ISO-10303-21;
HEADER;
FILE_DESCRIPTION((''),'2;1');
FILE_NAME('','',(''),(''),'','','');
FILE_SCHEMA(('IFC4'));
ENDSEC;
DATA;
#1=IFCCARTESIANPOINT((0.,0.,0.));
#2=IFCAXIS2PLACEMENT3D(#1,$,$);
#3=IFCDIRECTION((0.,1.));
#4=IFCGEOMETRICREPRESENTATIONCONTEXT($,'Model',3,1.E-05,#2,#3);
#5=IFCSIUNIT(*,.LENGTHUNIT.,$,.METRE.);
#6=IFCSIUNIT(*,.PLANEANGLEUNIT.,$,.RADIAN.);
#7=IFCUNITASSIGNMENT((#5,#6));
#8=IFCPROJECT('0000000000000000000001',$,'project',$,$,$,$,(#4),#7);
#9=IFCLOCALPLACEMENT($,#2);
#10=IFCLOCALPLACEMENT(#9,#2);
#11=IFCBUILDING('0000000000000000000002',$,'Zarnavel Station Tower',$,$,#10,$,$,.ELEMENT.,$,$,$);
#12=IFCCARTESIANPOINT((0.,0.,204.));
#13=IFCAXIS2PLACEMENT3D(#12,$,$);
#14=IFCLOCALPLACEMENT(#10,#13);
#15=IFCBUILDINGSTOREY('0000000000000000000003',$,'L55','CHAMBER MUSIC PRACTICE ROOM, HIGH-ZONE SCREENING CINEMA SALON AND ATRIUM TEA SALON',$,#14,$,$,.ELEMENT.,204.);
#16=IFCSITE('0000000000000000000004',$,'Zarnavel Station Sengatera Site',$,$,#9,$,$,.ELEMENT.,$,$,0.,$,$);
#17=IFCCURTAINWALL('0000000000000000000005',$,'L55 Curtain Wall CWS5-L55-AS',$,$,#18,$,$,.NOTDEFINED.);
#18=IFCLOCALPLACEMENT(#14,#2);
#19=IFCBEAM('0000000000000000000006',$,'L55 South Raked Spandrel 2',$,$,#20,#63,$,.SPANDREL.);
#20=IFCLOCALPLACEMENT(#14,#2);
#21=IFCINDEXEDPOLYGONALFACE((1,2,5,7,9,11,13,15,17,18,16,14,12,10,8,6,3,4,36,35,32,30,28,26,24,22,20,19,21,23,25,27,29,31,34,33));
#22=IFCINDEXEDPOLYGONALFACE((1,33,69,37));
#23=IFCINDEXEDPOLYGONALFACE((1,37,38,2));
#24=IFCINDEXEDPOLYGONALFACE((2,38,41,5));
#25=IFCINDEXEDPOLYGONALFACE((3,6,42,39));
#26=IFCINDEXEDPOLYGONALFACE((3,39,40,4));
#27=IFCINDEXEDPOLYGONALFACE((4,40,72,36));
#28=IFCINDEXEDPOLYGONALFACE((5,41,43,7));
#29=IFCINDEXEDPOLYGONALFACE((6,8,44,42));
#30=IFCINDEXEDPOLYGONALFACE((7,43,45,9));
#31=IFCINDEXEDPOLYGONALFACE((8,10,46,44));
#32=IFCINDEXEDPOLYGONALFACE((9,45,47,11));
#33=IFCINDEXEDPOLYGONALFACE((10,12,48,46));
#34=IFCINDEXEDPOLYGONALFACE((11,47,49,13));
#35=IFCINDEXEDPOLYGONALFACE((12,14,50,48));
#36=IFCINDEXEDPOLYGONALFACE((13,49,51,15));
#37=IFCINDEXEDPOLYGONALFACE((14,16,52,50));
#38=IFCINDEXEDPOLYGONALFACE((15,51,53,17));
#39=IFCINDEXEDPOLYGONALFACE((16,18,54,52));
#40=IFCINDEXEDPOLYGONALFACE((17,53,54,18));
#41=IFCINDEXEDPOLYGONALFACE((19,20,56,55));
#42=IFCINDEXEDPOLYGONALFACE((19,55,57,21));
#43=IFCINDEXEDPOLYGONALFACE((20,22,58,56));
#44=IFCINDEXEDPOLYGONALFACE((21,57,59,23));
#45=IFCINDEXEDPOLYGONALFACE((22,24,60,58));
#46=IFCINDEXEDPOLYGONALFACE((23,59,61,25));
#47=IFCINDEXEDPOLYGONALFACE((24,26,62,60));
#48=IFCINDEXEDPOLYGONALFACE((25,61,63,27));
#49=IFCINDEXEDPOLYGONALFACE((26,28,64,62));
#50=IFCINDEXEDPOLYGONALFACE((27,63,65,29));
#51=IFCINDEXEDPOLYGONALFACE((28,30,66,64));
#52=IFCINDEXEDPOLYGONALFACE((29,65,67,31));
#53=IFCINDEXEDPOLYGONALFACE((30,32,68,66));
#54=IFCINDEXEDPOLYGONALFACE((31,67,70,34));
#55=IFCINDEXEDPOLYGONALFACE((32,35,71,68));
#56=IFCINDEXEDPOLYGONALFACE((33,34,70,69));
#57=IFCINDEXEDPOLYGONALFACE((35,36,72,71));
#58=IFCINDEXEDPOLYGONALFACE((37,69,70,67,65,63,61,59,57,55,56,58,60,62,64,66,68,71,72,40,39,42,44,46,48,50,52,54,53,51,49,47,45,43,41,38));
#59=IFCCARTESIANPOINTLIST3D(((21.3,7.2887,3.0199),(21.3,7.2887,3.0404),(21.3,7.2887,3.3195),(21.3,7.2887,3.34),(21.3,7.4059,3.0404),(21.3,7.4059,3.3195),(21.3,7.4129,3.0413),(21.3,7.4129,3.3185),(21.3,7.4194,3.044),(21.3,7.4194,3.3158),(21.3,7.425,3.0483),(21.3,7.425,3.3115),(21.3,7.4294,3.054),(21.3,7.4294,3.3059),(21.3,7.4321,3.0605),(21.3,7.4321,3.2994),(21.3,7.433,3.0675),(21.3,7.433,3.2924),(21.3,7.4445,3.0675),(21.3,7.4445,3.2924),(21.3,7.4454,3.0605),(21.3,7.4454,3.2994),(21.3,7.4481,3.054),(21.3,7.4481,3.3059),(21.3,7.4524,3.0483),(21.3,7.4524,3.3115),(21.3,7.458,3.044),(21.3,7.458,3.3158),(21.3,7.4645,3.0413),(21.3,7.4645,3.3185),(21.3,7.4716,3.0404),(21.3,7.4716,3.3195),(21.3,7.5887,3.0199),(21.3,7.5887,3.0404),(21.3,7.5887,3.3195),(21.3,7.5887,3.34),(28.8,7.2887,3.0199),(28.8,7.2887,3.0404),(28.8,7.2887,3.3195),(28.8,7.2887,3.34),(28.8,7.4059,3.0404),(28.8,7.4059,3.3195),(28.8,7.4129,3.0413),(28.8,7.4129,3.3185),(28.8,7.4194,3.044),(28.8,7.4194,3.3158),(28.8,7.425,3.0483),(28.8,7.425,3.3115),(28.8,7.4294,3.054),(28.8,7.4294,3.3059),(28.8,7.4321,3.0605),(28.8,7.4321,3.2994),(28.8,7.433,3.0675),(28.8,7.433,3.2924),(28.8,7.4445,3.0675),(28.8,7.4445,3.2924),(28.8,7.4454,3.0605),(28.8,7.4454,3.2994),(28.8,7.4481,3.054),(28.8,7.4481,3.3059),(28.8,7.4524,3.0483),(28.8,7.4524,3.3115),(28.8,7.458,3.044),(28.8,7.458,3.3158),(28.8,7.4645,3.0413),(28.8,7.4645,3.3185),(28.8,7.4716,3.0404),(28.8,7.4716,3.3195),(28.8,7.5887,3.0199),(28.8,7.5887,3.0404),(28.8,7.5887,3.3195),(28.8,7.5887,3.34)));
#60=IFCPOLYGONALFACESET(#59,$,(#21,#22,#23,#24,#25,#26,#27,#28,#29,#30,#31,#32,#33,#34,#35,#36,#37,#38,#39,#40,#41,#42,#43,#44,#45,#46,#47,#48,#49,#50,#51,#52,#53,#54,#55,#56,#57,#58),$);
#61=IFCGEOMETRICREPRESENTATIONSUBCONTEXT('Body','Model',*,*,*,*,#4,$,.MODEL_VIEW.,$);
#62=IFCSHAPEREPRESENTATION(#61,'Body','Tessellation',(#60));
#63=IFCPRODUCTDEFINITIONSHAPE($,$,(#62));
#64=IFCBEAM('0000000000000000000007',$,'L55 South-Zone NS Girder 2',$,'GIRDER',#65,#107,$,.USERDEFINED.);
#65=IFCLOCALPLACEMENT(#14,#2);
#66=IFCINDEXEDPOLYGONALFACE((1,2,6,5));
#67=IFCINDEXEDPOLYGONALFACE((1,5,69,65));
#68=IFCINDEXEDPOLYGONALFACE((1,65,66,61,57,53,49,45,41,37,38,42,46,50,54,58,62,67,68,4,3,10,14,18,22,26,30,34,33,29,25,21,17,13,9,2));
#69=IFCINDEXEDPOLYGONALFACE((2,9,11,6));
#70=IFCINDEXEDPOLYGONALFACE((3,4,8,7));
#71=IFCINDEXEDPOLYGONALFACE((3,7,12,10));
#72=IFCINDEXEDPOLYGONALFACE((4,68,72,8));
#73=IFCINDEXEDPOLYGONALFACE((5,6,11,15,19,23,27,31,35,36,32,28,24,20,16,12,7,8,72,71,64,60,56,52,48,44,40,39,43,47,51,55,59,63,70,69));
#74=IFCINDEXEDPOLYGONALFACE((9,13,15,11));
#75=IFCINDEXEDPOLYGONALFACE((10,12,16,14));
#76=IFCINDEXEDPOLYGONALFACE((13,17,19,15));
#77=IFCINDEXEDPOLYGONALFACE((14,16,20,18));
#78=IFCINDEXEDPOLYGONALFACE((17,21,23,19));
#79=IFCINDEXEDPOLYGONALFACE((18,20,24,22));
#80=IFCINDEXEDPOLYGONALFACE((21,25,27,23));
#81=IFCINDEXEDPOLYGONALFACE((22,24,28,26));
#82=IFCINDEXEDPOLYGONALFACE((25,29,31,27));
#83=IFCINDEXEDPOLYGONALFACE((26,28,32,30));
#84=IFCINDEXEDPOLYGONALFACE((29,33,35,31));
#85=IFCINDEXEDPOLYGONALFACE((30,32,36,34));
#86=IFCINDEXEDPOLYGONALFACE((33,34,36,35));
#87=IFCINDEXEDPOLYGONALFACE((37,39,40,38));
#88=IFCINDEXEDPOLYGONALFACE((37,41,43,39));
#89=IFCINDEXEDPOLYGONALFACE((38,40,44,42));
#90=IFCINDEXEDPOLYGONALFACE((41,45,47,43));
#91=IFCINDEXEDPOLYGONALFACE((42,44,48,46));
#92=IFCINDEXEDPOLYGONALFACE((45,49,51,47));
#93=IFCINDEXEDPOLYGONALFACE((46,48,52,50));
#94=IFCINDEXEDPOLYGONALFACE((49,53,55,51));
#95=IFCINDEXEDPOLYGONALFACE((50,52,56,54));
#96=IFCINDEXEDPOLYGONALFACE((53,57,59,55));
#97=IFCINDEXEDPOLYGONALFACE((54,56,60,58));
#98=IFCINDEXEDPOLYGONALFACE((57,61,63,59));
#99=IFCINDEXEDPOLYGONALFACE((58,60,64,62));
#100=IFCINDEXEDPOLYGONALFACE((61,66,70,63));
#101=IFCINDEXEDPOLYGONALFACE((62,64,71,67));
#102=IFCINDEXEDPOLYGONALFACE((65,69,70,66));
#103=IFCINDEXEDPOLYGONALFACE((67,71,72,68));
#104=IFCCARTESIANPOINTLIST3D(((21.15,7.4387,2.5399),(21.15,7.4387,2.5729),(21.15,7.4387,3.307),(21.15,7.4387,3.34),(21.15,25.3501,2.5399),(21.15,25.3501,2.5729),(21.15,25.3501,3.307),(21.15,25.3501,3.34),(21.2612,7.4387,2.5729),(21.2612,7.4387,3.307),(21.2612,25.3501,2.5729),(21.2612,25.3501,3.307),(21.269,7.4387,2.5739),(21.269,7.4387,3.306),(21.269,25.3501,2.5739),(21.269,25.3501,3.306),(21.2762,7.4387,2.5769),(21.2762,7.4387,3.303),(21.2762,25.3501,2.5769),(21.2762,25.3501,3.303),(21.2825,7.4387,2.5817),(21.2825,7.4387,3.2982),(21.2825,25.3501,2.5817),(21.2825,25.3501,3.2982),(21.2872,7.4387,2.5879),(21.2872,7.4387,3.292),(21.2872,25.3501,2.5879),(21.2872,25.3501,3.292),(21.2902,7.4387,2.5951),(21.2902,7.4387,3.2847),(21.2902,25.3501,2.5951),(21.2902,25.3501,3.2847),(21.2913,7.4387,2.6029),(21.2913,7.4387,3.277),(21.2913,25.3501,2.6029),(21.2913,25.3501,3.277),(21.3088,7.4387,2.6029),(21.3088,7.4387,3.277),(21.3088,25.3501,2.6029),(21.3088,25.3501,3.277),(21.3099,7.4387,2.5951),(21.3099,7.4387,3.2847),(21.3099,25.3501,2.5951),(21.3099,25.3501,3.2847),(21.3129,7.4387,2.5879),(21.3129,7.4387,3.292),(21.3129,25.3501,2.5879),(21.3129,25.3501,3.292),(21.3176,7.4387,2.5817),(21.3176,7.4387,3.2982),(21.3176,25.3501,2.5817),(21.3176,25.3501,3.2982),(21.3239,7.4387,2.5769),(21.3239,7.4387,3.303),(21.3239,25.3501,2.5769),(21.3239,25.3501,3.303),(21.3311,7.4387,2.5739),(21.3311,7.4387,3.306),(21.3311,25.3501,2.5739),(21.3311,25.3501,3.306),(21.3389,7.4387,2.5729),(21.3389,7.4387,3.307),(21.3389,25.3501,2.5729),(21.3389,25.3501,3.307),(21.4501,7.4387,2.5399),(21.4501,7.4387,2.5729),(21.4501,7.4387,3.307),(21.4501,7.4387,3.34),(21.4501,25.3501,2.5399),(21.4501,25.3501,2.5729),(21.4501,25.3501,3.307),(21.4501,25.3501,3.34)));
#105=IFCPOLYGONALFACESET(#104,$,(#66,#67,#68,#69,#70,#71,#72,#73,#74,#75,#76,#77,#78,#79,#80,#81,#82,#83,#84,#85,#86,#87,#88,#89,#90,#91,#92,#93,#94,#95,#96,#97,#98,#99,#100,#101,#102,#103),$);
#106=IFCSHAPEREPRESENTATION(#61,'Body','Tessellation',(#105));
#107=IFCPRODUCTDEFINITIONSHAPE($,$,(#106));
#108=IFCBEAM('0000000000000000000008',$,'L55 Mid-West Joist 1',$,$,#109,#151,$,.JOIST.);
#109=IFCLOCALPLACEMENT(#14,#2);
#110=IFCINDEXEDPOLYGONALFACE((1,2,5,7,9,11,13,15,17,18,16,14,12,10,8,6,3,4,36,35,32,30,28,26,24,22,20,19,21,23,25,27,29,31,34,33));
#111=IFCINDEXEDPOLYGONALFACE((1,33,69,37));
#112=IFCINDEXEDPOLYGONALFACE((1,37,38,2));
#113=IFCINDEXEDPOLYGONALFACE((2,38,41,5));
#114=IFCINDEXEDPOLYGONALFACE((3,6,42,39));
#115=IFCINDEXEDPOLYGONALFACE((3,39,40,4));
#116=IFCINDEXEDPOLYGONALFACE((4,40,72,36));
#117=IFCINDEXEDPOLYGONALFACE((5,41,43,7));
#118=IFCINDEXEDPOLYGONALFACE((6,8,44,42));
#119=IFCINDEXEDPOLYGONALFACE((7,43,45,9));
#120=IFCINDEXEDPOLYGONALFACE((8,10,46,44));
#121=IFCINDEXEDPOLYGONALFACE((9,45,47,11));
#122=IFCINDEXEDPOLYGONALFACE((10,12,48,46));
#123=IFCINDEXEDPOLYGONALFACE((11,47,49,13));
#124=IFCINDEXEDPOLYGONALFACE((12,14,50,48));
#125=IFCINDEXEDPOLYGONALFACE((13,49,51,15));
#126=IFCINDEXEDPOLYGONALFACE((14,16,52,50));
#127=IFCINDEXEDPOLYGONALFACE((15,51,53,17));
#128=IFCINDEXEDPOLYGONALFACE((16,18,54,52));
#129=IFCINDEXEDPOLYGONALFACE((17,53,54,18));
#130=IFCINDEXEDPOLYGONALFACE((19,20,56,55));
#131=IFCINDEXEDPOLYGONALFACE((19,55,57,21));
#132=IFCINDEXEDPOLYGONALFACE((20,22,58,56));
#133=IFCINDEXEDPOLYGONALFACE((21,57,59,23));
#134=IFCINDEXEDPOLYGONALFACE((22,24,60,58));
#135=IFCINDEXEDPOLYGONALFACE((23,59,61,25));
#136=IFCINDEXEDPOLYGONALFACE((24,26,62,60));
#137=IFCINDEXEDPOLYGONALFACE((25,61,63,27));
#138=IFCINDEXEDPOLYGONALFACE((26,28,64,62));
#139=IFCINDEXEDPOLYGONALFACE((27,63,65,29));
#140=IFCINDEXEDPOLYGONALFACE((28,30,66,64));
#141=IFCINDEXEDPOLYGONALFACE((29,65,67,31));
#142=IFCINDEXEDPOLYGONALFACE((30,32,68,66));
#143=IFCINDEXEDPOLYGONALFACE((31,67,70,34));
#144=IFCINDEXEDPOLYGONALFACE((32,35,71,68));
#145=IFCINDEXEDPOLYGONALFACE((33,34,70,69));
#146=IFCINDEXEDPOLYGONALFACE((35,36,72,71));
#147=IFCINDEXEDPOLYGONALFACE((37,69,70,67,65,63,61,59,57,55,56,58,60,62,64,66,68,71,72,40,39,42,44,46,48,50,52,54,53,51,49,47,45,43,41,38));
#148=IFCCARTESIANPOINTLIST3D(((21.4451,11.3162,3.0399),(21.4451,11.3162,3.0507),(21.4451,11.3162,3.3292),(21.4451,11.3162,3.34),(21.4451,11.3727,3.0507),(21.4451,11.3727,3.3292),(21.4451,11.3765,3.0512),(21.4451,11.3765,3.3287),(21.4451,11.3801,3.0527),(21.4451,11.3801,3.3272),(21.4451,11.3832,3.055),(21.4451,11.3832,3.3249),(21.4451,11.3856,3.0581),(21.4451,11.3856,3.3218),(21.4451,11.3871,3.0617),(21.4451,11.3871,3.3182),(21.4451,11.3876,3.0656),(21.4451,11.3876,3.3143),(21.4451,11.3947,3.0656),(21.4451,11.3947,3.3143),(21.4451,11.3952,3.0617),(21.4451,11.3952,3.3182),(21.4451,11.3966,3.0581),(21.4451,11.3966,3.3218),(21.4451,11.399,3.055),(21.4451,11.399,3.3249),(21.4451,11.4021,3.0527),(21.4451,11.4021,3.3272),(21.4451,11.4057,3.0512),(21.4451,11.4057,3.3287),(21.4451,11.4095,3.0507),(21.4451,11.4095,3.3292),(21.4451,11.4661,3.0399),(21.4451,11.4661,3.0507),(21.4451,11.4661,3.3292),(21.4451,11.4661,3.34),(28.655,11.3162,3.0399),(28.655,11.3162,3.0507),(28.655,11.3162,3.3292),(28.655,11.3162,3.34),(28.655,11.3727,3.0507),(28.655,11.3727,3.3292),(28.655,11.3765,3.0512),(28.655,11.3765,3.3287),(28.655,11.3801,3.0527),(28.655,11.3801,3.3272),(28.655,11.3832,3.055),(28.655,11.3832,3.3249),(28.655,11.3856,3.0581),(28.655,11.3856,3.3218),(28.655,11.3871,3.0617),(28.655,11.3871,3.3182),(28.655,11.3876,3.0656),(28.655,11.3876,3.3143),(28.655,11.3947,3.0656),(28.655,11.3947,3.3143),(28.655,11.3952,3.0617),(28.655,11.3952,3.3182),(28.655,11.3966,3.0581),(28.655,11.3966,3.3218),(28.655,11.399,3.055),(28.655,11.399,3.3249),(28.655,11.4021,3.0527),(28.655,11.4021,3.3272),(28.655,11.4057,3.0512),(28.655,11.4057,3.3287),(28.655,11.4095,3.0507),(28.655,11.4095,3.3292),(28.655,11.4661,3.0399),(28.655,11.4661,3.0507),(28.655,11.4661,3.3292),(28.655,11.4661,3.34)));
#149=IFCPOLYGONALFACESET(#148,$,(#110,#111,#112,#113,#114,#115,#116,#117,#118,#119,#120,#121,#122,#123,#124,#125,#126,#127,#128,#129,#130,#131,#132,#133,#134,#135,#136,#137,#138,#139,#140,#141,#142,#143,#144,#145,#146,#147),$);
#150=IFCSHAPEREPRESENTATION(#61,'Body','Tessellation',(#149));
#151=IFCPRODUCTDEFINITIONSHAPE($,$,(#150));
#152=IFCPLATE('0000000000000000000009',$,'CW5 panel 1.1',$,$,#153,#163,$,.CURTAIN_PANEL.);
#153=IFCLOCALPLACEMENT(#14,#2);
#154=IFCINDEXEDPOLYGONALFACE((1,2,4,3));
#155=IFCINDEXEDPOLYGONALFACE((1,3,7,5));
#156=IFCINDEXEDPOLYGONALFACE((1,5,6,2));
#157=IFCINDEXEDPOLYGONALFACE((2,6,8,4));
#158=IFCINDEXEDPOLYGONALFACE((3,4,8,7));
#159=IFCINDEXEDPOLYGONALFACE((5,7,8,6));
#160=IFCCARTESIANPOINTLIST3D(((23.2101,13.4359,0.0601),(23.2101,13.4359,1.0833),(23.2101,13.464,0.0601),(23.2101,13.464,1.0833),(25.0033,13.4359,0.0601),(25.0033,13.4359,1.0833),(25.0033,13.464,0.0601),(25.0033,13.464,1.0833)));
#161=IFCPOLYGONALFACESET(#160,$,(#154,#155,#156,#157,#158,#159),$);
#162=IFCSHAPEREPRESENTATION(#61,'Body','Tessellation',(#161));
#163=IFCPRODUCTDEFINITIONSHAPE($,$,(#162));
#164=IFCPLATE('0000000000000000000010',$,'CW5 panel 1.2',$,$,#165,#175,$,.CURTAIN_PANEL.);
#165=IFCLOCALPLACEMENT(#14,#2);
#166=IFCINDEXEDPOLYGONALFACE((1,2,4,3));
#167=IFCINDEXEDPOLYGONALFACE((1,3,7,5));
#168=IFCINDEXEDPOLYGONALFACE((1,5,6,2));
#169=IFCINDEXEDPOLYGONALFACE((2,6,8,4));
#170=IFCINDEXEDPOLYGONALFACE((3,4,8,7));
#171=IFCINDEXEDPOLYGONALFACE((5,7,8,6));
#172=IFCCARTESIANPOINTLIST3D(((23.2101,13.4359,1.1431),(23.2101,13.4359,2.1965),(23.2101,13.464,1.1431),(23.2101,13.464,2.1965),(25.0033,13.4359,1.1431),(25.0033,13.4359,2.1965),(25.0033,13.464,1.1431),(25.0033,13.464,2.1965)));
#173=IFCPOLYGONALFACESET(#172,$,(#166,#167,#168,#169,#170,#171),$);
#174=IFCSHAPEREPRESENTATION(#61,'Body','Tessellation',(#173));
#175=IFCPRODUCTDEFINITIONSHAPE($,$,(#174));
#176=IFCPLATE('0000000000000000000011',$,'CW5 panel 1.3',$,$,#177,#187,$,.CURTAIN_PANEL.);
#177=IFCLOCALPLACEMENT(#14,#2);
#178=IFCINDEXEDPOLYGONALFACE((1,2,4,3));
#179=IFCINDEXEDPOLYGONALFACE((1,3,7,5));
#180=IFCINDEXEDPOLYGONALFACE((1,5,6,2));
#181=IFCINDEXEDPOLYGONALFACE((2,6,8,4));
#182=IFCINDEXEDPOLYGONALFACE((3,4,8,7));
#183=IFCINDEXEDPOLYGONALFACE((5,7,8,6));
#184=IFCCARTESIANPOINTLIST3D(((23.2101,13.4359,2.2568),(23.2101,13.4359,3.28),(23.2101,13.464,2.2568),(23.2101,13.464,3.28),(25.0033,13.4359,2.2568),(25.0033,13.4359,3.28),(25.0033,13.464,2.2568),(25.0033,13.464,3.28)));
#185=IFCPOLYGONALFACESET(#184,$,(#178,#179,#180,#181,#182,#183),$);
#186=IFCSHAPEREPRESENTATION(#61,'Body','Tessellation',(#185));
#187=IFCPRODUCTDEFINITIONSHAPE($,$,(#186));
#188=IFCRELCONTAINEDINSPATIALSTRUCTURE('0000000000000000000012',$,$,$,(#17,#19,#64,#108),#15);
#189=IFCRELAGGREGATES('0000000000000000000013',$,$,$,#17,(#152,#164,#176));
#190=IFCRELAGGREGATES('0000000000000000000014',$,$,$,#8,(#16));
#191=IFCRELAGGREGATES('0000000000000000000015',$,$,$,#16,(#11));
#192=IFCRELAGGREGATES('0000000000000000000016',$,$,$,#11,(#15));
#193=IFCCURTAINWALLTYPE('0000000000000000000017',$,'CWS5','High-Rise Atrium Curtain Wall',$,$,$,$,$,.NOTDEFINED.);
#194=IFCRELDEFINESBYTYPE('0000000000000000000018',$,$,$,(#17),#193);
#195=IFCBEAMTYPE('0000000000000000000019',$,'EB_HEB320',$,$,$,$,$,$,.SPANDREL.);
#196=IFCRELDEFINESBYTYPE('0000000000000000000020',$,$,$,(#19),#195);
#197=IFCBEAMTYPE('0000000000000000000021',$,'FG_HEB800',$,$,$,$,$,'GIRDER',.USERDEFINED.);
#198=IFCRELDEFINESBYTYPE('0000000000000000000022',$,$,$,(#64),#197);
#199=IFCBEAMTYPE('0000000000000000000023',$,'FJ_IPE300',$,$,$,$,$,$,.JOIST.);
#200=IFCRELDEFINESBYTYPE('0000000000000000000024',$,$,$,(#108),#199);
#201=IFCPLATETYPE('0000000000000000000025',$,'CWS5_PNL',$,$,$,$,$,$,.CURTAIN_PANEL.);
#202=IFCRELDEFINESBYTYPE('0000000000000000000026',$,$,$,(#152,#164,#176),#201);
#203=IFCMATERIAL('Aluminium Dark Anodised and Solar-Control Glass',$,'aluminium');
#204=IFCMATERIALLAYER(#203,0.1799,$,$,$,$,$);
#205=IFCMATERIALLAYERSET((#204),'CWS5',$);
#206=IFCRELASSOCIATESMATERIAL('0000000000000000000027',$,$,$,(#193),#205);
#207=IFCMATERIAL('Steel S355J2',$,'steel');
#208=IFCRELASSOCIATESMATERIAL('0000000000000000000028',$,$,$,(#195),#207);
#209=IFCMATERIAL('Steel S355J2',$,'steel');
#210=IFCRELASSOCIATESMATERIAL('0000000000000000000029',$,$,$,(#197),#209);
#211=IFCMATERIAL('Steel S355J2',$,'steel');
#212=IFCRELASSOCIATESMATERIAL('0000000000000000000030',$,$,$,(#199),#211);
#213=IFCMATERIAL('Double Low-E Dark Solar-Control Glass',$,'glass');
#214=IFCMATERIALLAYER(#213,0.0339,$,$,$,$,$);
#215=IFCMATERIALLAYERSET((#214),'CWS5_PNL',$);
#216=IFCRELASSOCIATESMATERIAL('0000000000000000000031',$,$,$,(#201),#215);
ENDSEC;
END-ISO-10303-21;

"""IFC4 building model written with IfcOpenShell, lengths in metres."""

from ifc_helpers import new_model, si_unit, direction, frame, origin, origin_2d, place, context, subcontext, project, spatial, rectangle, i_section, extrude, material, layer, layer_set, material_profile, profile_set, type_object, element, aggregate, save


model = new_model("IFC4")

# Units and contexts
model_context = context("Model", 3, precision=1e-05, world=origin(), true_north=direction((0.0, 1.0)))
body_context = subcontext(model_context, "Body", "Model", "MODEL_VIEW")
ifc_project = project(units=[si_unit("LENGTHUNIT", "METRE"), si_unit("PLANEANGLEUNIT", "RADIAN")], contexts=[model_context])

# Site, building, storey
site_placement = place(None, origin())
site = spatial("IfcSite", under=ifc_project, at=site_placement, Name="Zarnavel Station Sengatera Site", CompositionType="ELEMENT", RefElevation=0.0)
building_placement = place(site_placement, origin())
building = spatial("IfcBuilding", under=site, at=building_placement, Name="Zarnavel Station Tower", CompositionType="ELEMENT")
storey_placement = place(building_placement, frame((0.0, 0.0, 204.0)))
storey = spatial("IfcBuildingStorey", under=building, at=storey_placement, Name="L55", Description="CHAMBER MUSIC PRACTICE ROOM, HIGH-ZONE SCREENING CINEMA SALON AND ATRIUM TEA SALON", CompositionType="ELEMENT", Elevation=204.0)

# Curtain wall
ifc_material_1 = material(Name="Aluminium Dark Anodised and Solar-Control Glass", Category="aluminium")
ifc_layer_1 = layer(ifc_material_1, 0.1799)
ifc_layer_set_1 = layer_set([ifc_layer_1], Name="CWS5")
curtain_wall_type = type_object("IfcCurtainWallType", Name="CWS5", Description="High-Rise Atrium Curtain Wall", PredefinedType="NOTDEFINED", material=ifc_layer_set_1)
curtain_wall_placement = place(storey_placement, origin())
curtain_wall = element("IfcCurtainWall", 1, at=curtain_wall_placement, inside=storey, type_object=curtain_wall_type, Name="L55 Curtain Wall CWS5-L55-AS", PredefinedType="NOTDEFINED")

# Beams
ifc_material_2 = material(Name="Steel S355J2", Category="steel")
ifc_material_profile_1 = material_profile(ifc_material_2, i_section(OverallWidth=0.3, OverallDepth=0.3201, WebThickness=0.0115, FlangeThickness=0.0205, FilletRadius=0.0271, at=origin_2d()), Name="HEB320")
ifc_profile_set_1 = profile_set([ifc_material_profile_1], Name="Steel S355J2")
beam_type_1 = type_object("IfcBeamType", Name="EB_HEB320", PredefinedType="SPANDREL", material=ifc_profile_set_1)
beam_1_placement = place(storey_placement, frame((21.3, 7.4387, 3.1799), z_axis=(1.0, 0.0, 0.0), x_axis=(0.0, 1.0, 0.0)))
element("IfcBeam", 2, at=beam_1_placement, inside=storey, type_object=beam_type_1, Name="L55 South Raked Spandrel 2", PredefinedType="SPANDREL", context=body_context, shape_type="SweptSolid", body=[
    extrude(i_section(OverallWidth=0.3, OverallDepth=0.3201, WebThickness=0.0115, FlangeThickness=0.0205, FilletRadius=0.0271, at=origin_2d()), origin(), (0.0, 0.0, 1.0), 7.5),
])
ifc_material_3 = material(Name="Steel S355J2", Category="steel")
ifc_material_profile_2 = material_profile(ifc_material_3, i_section(OverallWidth=0.3, OverallDepth=0.8, WebThickness=0.0176, FlangeThickness=0.033, FilletRadius=0.03, at=origin_2d()), Name="HEB800")
ifc_profile_set_2 = profile_set([ifc_material_profile_2], Name="Steel S355J2")
beam_type_2 = type_object("IfcBeamType", Name="FG_HEB800", ElementType="GIRDER", PredefinedType="USERDEFINED", material=ifc_profile_set_2)
beam_2_placement = place(storey_placement, frame((21.3, 7.4387, 2.9399), z_axis=(0.0, 1.0, 0.0), x_axis=(-1.0, 0.0, 0.0)))
element("IfcBeam", 3, at=beam_2_placement, inside=storey, type_object=beam_type_2, Name="L55 South-Zone NS Girder 2", ObjectType="GIRDER", PredefinedType="USERDEFINED", context=body_context, shape_type="SweptSolid", body=[
    extrude(i_section(OverallWidth=0.3, OverallDepth=0.8, WebThickness=0.0176, FlangeThickness=0.033, FilletRadius=0.03, at=origin_2d()), origin(), (0.0, 0.0, 1.0), 17.9114),
])
ifc_material_4 = material(Name="Steel S355J2", Category="steel")
ifc_material_profile_3 = material_profile(ifc_material_4, i_section(OverallWidth=0.1499, OverallDepth=0.3, WebThickness=0.0071, FlangeThickness=0.0107, FilletRadius=0.0149, at=origin_2d()), Name="IPE300")
ifc_profile_set_3 = profile_set([ifc_material_profile_3], Name="Steel S355J2")
beam_type_3 = type_object("IfcBeamType", Name="FJ_IPE300", PredefinedType="JOIST", material=ifc_profile_set_3)
beam_3_placement = place(storey_placement, frame((21.4451, 11.3911, 3.1899), z_axis=(1.0, 0.0, 0.0), x_axis=(0.0, 1.0, 0.0)))
element("IfcBeam", 4, at=beam_3_placement, inside=storey, type_object=beam_type_3, Name="L55 Mid-West Joist 1", PredefinedType="JOIST", context=body_context, shape_type="SweptSolid", body=[
    extrude(i_section(OverallWidth=0.1499, OverallDepth=0.3, WebThickness=0.0071, FlangeThickness=0.0107, FilletRadius=0.0149, at=origin_2d()), origin(), (0.0, 0.0, 1.0), 7.21),
])

# Plates
ifc_material_5 = material(Name="Double Low-E Dark Solar-Control Glass", Category="glass")
ifc_layer_2 = layer(ifc_material_5, 0.0339)
ifc_layer_set_2 = layer_set([ifc_layer_2], Name="CWS5_PNL")
plate_type_1 = type_object("IfcPlateType", Name="CWS5_PNL", PredefinedType="CURTAIN_PANEL", material=ifc_layer_set_2)
plate_1_placement = place(storey_placement, frame((24.1067, 13.45, 0.0601), z_axis=(0.0, 0.0, 1.0), x_axis=(1.0, 0.0, 0.0)))
plate_1 = element("IfcPlate", 5, at=plate_1_placement, type_object=plate_type_1, Name="CW5 panel 1.1", PredefinedType="CURTAIN_PANEL", context=body_context, shape_type="SweptSolid", body=[
    extrude(rectangle(XDim=1.7932, YDim=0.0281, at=origin_2d()), origin(), (0.0, 0.0, 1.0), 1.0232),
])
plate_2_placement = place(storey_placement, frame((24.1067, 13.45, 1.1431), z_axis=(0.0, 0.0, 1.0), x_axis=(1.0, 0.0, 0.0)))
plate_2 = element("IfcPlate", 6, at=plate_2_placement, type_object=plate_type_1, Name="CW5 panel 1.2", PredefinedType="CURTAIN_PANEL", context=body_context, shape_type="SweptSolid", body=[
    extrude(rectangle(XDim=1.7932, YDim=0.0281, at=origin_2d()), origin(), (0.0, 0.0, 1.0), 1.0535),
])
plate_3_placement = place(storey_placement, frame((24.1067, 13.45, 2.2568), z_axis=(0.0, 0.0, 1.0), x_axis=(1.0, 0.0, 0.0)))
plate_3 = element("IfcPlate", 7, at=plate_3_placement, type_object=plate_type_1, Name="CW5 panel 1.3", PredefinedType="CURTAIN_PANEL", context=body_context, shape_type="SweptSolid", body=[
    extrude(rectangle(XDim=1.7932, YDim=0.0281, at=origin_2d()), origin(), (0.0, 0.0, 1.0), 1.0232),
])
aggregate(curtain_wall, [plate_1, plate_2, plate_3])

save(model, "model.ifc")
